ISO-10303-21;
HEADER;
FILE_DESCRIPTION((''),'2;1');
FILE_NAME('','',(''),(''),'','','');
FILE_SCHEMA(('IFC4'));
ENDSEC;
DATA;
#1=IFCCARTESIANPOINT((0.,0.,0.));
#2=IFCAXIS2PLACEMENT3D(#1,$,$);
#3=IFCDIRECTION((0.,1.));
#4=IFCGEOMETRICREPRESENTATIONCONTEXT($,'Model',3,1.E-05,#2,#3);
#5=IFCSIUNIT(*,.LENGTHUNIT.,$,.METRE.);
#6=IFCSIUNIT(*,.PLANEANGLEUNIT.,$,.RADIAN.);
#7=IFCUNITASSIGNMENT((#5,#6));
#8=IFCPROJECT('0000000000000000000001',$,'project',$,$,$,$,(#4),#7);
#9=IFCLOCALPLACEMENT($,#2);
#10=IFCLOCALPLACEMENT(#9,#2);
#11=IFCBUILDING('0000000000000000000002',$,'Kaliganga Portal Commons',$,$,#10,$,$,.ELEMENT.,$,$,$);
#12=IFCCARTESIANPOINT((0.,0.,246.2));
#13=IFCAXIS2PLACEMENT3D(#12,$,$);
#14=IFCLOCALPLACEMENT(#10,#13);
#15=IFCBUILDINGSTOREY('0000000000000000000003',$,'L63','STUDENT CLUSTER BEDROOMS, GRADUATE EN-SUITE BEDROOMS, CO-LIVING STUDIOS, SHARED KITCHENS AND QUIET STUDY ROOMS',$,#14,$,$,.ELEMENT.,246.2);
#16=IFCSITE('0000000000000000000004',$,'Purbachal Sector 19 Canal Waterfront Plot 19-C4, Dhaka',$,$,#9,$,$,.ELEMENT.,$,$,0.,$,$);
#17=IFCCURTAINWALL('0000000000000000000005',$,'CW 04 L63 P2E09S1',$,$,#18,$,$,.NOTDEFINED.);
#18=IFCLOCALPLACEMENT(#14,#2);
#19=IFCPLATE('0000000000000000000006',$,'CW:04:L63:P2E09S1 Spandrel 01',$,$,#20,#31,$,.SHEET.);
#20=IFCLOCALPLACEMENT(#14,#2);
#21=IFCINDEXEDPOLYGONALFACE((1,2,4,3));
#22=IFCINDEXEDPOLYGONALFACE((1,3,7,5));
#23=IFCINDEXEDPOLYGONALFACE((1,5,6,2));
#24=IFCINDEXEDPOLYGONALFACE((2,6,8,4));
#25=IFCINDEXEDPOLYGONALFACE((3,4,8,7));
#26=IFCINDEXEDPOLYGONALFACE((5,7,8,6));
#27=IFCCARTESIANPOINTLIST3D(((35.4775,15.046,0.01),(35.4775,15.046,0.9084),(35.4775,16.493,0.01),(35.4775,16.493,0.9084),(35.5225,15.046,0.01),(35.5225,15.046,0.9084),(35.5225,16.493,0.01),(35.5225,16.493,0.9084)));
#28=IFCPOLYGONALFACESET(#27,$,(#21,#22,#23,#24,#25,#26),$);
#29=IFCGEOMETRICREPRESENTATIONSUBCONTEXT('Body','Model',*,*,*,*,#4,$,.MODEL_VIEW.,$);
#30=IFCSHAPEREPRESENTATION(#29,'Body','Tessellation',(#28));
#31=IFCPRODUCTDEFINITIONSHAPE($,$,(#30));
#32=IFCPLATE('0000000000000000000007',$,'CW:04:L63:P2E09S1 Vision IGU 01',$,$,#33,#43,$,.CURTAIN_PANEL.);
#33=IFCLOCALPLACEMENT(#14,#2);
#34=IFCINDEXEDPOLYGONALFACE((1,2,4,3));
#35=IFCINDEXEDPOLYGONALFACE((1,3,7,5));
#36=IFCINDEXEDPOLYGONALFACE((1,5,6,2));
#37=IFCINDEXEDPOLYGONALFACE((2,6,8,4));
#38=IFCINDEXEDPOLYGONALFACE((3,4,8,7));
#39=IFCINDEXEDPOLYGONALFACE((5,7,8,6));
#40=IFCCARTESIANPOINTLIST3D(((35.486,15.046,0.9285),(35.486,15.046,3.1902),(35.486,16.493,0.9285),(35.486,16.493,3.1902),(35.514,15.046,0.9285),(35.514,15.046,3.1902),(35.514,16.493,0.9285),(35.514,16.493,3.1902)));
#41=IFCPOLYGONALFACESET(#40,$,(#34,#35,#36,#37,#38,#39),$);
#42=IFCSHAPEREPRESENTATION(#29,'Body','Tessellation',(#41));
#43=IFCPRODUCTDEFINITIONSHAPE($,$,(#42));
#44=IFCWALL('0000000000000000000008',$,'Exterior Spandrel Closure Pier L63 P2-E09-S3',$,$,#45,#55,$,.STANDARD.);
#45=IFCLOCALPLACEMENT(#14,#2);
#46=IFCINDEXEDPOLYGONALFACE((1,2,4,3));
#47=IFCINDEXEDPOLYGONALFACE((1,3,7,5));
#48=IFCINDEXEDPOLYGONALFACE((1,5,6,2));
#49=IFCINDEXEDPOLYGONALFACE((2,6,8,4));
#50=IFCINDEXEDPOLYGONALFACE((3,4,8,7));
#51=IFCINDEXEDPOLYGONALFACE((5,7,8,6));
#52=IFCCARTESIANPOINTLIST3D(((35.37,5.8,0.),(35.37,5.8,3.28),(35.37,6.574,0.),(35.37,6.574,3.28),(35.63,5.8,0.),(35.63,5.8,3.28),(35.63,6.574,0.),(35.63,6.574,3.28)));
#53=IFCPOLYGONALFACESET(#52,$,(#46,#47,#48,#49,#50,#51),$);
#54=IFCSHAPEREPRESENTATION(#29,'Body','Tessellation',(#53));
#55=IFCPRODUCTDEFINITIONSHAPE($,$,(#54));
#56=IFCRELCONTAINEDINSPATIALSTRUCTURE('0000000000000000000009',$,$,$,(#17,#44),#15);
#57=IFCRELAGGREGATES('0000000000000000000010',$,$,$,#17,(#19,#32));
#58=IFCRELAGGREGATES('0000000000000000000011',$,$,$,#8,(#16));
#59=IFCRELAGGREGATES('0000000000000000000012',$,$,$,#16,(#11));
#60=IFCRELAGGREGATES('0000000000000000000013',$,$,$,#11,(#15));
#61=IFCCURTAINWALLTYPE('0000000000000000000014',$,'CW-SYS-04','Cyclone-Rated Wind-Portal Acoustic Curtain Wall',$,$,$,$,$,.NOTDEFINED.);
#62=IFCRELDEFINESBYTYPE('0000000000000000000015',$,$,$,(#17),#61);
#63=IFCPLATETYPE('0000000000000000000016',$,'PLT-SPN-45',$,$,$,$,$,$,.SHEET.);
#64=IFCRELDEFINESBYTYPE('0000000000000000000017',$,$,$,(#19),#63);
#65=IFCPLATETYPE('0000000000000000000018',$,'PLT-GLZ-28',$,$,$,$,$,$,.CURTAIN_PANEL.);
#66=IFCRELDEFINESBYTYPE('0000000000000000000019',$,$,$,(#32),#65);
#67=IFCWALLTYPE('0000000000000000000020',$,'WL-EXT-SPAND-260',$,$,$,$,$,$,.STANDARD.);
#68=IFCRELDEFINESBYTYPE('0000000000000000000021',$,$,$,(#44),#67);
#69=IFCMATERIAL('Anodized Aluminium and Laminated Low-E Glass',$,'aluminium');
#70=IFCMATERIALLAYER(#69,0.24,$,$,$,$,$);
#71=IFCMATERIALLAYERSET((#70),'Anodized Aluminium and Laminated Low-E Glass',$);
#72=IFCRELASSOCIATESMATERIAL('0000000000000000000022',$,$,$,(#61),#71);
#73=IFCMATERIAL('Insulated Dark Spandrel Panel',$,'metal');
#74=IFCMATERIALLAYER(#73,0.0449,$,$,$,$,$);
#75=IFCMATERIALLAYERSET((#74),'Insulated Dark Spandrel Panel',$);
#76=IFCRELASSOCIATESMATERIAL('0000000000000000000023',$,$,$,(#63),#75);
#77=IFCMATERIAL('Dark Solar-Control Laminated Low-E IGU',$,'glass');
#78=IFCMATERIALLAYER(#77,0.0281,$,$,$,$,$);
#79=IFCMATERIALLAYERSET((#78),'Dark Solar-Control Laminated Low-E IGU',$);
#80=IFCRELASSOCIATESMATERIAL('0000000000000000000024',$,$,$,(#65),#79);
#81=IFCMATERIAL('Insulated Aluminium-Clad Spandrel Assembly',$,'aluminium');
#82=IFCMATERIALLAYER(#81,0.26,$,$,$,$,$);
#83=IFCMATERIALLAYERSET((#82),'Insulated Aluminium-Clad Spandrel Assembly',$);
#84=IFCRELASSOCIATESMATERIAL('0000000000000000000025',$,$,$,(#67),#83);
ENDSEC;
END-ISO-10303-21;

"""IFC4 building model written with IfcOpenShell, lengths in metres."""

from ifc_helpers import new_model, si_unit, direction, frame, frame_2d, origin, origin_2d, place, context, subcontext, project, spatial, rectangle, extrude, source, transform, mapped, material, layer, layer_set, type_object, element, aggregate, save


model = new_model("IFC4")

# Units and contexts
model_context = context("Model", 3, precision=1e-05, world=origin(), true_north=direction((0.0, 1.0)))
body_context = subcontext(model_context, "Body", "Model", "MODEL_VIEW")
ifc_project = project(units=[si_unit("LENGTHUNIT", "METRE"), si_unit("PLANEANGLEUNIT", "RADIAN")], contexts=[model_context])

# Site, building, storey
site_placement = place(None, origin())
site = spatial("IfcSite", under=ifc_project, at=site_placement, Name="Purbachal Sector 19 Canal Waterfront Plot 19-C4, Dhaka", CompositionType="ELEMENT", RefElevation=0.0)
building_placement = place(site_placement, origin())
building = spatial("IfcBuilding", under=site, at=building_placement, Name="Kaliganga Portal Commons", CompositionType="ELEMENT")
storey_placement = place(building_placement, frame((0.0, 0.0, 246.2)))
storey = spatial("IfcBuildingStorey", under=building, at=storey_placement, Name="L63", Description="STUDENT CLUSTER BEDROOMS, GRADUATE EN-SUITE BEDROOMS, CO-LIVING STUDIOS, SHARED KITCHENS AND QUIET STUDY ROOMS", CompositionType="ELEMENT", Elevation=246.2)

# Curtain wall
ifc_material_1 = material(Name="Anodized Aluminium and Laminated Low-E Glass", Category="aluminium")
ifc_layer_1 = layer(ifc_material_1, 0.24)
ifc_layer_set_1 = layer_set([ifc_layer_1], Name="Anodized Aluminium and Laminated Low-E Glass")
curtain_wall_type = type_object("IfcCurtainWallType", Name="CW-SYS-04", Description="Cyclone-Rated Wind-Portal Acoustic Curtain Wall", PredefinedType="NOTDEFINED", material=ifc_layer_set_1)
curtain_wall_1_placement = place(storey_placement, origin())
curtain_wall_1 = element("IfcCurtainWall", 1, at=curtain_wall_1_placement, inside=storey, type_object=curtain_wall_type, Name="CW 04 L63 P2E09S1", PredefinedType="NOTDEFINED")

# Plates
ifc_material_2 = material(Name="Insulated Dark Spandrel Panel", Category="metal")
ifc_layer_2 = layer(ifc_material_2, 0.0449)
ifc_layer_set_2 = layer_set([ifc_layer_2], Name="Insulated Dark Spandrel Panel")
plate_type_1 = type_object("IfcPlateType", Name="PLT-SPN-45", PredefinedType="SHEET", material=ifc_layer_set_2)
ifc_material_3 = material(Name="Dark Solar-Control Laminated Low-E IGU", Category="glass")
ifc_layer_3 = layer(ifc_material_3, 0.0281)
ifc_layer_set_3 = layer_set([ifc_layer_3], Name="Dark Solar-Control Laminated Low-E IGU")
plate_type_2 = type_object("IfcPlateType", Name="PLT-GLZ-28", PredefinedType="CURTAIN_PANEL", material=ifc_layer_set_3)
shared_shape_1 = source(origin(), body_context, "Body", "SweptSolid", [
    extrude(rectangle(XDim=1.447, YDim=0.0449, at=origin_2d()), origin(), (0.0, 0.0, 1.0), 0.8984),
])
plate_1_placement = place(storey_placement, frame((35.5, 15.7695, 0.01), z_axis=(0.0, 0.0, 1.0), x_axis=(0.0, -1.0, 0.0)))
plate_1 = element("IfcPlate", 2, at=plate_1_placement, type_object=plate_type_1, Name="CW:04:L63:P2E09S1 Spandrel 01", PredefinedType="SHEET", context=body_context, shape_type="MappedRepresentation", body=[
    mapped(shared_shape_1, transform((0.0, 0.0, 0.0), x_axis=(1.0, 0.0, 0.0), y_axis=(0.0, 1.0, 0.0), z_axis=(0.0, 0.0, 1.0), scale=1.0)),
])
shared_shape_2 = source(origin(), body_context, "Body", "SweptSolid", [
    extrude(rectangle(XDim=1.447, YDim=0.0281, at=origin_2d()), origin(), (0.0, 0.0, 1.0), 2.2617),
])
plate_2_placement = place(storey_placement, frame((35.5, 15.7695, 0.9285), z_axis=(0.0, 0.0, 1.0), x_axis=(0.0, -1.0, 0.0)))
plate_2 = element("IfcPlate", 3, at=plate_2_placement, type_object=plate_type_2, Name="CW:04:L63:P2E09S1 Vision IGU 01", PredefinedType="CURTAIN_PANEL", context=body_context, shape_type="MappedRepresentation", body=[
    mapped(shared_shape_2, transform((0.0, 0.0, 0.0), x_axis=(1.0, 0.0, 0.0), y_axis=(0.0, 1.0, 0.0), z_axis=(0.0, 0.0, 1.0), scale=1.0)),
])
aggregate(curtain_wall_1, [plate_1, plate_2])

# Wall
ifc_material_4 = material(Name="Insulated Aluminium-Clad Spandrel Assembly", Category="aluminium")
ifc_layer_4 = layer(ifc_material_4, 0.26)
ifc_layer_set_4 = layer_set([ifc_layer_4], Name="Insulated Aluminium-Clad Spandrel Assembly")
wall_type = type_object("IfcWallType", Name="WL-EXT-SPAND-260", PredefinedType="STANDARD", material=ifc_layer_set_4)
wall_placement = place(storey_placement, frame((35.5, 5.8, 0.0), z_axis=(0.0, 0.0, 1.0), x_axis=(0.0, 1.0, 0.0)))
element("IfcWall", 4, at=wall_placement, inside=storey, type_object=wall_type, Name="Exterior Spandrel Closure Pier L63 P2-E09-S3", PredefinedType="STANDARD", context=body_context, shape_type="SweptSolid", body=[
    extrude(rectangle(XDim=0.7739, YDim=0.26, at=frame_2d((0.387, 0.0))), origin(), (0.0, 0.0, 1.0), 3.28),
])

save(model, "model.ifc")
